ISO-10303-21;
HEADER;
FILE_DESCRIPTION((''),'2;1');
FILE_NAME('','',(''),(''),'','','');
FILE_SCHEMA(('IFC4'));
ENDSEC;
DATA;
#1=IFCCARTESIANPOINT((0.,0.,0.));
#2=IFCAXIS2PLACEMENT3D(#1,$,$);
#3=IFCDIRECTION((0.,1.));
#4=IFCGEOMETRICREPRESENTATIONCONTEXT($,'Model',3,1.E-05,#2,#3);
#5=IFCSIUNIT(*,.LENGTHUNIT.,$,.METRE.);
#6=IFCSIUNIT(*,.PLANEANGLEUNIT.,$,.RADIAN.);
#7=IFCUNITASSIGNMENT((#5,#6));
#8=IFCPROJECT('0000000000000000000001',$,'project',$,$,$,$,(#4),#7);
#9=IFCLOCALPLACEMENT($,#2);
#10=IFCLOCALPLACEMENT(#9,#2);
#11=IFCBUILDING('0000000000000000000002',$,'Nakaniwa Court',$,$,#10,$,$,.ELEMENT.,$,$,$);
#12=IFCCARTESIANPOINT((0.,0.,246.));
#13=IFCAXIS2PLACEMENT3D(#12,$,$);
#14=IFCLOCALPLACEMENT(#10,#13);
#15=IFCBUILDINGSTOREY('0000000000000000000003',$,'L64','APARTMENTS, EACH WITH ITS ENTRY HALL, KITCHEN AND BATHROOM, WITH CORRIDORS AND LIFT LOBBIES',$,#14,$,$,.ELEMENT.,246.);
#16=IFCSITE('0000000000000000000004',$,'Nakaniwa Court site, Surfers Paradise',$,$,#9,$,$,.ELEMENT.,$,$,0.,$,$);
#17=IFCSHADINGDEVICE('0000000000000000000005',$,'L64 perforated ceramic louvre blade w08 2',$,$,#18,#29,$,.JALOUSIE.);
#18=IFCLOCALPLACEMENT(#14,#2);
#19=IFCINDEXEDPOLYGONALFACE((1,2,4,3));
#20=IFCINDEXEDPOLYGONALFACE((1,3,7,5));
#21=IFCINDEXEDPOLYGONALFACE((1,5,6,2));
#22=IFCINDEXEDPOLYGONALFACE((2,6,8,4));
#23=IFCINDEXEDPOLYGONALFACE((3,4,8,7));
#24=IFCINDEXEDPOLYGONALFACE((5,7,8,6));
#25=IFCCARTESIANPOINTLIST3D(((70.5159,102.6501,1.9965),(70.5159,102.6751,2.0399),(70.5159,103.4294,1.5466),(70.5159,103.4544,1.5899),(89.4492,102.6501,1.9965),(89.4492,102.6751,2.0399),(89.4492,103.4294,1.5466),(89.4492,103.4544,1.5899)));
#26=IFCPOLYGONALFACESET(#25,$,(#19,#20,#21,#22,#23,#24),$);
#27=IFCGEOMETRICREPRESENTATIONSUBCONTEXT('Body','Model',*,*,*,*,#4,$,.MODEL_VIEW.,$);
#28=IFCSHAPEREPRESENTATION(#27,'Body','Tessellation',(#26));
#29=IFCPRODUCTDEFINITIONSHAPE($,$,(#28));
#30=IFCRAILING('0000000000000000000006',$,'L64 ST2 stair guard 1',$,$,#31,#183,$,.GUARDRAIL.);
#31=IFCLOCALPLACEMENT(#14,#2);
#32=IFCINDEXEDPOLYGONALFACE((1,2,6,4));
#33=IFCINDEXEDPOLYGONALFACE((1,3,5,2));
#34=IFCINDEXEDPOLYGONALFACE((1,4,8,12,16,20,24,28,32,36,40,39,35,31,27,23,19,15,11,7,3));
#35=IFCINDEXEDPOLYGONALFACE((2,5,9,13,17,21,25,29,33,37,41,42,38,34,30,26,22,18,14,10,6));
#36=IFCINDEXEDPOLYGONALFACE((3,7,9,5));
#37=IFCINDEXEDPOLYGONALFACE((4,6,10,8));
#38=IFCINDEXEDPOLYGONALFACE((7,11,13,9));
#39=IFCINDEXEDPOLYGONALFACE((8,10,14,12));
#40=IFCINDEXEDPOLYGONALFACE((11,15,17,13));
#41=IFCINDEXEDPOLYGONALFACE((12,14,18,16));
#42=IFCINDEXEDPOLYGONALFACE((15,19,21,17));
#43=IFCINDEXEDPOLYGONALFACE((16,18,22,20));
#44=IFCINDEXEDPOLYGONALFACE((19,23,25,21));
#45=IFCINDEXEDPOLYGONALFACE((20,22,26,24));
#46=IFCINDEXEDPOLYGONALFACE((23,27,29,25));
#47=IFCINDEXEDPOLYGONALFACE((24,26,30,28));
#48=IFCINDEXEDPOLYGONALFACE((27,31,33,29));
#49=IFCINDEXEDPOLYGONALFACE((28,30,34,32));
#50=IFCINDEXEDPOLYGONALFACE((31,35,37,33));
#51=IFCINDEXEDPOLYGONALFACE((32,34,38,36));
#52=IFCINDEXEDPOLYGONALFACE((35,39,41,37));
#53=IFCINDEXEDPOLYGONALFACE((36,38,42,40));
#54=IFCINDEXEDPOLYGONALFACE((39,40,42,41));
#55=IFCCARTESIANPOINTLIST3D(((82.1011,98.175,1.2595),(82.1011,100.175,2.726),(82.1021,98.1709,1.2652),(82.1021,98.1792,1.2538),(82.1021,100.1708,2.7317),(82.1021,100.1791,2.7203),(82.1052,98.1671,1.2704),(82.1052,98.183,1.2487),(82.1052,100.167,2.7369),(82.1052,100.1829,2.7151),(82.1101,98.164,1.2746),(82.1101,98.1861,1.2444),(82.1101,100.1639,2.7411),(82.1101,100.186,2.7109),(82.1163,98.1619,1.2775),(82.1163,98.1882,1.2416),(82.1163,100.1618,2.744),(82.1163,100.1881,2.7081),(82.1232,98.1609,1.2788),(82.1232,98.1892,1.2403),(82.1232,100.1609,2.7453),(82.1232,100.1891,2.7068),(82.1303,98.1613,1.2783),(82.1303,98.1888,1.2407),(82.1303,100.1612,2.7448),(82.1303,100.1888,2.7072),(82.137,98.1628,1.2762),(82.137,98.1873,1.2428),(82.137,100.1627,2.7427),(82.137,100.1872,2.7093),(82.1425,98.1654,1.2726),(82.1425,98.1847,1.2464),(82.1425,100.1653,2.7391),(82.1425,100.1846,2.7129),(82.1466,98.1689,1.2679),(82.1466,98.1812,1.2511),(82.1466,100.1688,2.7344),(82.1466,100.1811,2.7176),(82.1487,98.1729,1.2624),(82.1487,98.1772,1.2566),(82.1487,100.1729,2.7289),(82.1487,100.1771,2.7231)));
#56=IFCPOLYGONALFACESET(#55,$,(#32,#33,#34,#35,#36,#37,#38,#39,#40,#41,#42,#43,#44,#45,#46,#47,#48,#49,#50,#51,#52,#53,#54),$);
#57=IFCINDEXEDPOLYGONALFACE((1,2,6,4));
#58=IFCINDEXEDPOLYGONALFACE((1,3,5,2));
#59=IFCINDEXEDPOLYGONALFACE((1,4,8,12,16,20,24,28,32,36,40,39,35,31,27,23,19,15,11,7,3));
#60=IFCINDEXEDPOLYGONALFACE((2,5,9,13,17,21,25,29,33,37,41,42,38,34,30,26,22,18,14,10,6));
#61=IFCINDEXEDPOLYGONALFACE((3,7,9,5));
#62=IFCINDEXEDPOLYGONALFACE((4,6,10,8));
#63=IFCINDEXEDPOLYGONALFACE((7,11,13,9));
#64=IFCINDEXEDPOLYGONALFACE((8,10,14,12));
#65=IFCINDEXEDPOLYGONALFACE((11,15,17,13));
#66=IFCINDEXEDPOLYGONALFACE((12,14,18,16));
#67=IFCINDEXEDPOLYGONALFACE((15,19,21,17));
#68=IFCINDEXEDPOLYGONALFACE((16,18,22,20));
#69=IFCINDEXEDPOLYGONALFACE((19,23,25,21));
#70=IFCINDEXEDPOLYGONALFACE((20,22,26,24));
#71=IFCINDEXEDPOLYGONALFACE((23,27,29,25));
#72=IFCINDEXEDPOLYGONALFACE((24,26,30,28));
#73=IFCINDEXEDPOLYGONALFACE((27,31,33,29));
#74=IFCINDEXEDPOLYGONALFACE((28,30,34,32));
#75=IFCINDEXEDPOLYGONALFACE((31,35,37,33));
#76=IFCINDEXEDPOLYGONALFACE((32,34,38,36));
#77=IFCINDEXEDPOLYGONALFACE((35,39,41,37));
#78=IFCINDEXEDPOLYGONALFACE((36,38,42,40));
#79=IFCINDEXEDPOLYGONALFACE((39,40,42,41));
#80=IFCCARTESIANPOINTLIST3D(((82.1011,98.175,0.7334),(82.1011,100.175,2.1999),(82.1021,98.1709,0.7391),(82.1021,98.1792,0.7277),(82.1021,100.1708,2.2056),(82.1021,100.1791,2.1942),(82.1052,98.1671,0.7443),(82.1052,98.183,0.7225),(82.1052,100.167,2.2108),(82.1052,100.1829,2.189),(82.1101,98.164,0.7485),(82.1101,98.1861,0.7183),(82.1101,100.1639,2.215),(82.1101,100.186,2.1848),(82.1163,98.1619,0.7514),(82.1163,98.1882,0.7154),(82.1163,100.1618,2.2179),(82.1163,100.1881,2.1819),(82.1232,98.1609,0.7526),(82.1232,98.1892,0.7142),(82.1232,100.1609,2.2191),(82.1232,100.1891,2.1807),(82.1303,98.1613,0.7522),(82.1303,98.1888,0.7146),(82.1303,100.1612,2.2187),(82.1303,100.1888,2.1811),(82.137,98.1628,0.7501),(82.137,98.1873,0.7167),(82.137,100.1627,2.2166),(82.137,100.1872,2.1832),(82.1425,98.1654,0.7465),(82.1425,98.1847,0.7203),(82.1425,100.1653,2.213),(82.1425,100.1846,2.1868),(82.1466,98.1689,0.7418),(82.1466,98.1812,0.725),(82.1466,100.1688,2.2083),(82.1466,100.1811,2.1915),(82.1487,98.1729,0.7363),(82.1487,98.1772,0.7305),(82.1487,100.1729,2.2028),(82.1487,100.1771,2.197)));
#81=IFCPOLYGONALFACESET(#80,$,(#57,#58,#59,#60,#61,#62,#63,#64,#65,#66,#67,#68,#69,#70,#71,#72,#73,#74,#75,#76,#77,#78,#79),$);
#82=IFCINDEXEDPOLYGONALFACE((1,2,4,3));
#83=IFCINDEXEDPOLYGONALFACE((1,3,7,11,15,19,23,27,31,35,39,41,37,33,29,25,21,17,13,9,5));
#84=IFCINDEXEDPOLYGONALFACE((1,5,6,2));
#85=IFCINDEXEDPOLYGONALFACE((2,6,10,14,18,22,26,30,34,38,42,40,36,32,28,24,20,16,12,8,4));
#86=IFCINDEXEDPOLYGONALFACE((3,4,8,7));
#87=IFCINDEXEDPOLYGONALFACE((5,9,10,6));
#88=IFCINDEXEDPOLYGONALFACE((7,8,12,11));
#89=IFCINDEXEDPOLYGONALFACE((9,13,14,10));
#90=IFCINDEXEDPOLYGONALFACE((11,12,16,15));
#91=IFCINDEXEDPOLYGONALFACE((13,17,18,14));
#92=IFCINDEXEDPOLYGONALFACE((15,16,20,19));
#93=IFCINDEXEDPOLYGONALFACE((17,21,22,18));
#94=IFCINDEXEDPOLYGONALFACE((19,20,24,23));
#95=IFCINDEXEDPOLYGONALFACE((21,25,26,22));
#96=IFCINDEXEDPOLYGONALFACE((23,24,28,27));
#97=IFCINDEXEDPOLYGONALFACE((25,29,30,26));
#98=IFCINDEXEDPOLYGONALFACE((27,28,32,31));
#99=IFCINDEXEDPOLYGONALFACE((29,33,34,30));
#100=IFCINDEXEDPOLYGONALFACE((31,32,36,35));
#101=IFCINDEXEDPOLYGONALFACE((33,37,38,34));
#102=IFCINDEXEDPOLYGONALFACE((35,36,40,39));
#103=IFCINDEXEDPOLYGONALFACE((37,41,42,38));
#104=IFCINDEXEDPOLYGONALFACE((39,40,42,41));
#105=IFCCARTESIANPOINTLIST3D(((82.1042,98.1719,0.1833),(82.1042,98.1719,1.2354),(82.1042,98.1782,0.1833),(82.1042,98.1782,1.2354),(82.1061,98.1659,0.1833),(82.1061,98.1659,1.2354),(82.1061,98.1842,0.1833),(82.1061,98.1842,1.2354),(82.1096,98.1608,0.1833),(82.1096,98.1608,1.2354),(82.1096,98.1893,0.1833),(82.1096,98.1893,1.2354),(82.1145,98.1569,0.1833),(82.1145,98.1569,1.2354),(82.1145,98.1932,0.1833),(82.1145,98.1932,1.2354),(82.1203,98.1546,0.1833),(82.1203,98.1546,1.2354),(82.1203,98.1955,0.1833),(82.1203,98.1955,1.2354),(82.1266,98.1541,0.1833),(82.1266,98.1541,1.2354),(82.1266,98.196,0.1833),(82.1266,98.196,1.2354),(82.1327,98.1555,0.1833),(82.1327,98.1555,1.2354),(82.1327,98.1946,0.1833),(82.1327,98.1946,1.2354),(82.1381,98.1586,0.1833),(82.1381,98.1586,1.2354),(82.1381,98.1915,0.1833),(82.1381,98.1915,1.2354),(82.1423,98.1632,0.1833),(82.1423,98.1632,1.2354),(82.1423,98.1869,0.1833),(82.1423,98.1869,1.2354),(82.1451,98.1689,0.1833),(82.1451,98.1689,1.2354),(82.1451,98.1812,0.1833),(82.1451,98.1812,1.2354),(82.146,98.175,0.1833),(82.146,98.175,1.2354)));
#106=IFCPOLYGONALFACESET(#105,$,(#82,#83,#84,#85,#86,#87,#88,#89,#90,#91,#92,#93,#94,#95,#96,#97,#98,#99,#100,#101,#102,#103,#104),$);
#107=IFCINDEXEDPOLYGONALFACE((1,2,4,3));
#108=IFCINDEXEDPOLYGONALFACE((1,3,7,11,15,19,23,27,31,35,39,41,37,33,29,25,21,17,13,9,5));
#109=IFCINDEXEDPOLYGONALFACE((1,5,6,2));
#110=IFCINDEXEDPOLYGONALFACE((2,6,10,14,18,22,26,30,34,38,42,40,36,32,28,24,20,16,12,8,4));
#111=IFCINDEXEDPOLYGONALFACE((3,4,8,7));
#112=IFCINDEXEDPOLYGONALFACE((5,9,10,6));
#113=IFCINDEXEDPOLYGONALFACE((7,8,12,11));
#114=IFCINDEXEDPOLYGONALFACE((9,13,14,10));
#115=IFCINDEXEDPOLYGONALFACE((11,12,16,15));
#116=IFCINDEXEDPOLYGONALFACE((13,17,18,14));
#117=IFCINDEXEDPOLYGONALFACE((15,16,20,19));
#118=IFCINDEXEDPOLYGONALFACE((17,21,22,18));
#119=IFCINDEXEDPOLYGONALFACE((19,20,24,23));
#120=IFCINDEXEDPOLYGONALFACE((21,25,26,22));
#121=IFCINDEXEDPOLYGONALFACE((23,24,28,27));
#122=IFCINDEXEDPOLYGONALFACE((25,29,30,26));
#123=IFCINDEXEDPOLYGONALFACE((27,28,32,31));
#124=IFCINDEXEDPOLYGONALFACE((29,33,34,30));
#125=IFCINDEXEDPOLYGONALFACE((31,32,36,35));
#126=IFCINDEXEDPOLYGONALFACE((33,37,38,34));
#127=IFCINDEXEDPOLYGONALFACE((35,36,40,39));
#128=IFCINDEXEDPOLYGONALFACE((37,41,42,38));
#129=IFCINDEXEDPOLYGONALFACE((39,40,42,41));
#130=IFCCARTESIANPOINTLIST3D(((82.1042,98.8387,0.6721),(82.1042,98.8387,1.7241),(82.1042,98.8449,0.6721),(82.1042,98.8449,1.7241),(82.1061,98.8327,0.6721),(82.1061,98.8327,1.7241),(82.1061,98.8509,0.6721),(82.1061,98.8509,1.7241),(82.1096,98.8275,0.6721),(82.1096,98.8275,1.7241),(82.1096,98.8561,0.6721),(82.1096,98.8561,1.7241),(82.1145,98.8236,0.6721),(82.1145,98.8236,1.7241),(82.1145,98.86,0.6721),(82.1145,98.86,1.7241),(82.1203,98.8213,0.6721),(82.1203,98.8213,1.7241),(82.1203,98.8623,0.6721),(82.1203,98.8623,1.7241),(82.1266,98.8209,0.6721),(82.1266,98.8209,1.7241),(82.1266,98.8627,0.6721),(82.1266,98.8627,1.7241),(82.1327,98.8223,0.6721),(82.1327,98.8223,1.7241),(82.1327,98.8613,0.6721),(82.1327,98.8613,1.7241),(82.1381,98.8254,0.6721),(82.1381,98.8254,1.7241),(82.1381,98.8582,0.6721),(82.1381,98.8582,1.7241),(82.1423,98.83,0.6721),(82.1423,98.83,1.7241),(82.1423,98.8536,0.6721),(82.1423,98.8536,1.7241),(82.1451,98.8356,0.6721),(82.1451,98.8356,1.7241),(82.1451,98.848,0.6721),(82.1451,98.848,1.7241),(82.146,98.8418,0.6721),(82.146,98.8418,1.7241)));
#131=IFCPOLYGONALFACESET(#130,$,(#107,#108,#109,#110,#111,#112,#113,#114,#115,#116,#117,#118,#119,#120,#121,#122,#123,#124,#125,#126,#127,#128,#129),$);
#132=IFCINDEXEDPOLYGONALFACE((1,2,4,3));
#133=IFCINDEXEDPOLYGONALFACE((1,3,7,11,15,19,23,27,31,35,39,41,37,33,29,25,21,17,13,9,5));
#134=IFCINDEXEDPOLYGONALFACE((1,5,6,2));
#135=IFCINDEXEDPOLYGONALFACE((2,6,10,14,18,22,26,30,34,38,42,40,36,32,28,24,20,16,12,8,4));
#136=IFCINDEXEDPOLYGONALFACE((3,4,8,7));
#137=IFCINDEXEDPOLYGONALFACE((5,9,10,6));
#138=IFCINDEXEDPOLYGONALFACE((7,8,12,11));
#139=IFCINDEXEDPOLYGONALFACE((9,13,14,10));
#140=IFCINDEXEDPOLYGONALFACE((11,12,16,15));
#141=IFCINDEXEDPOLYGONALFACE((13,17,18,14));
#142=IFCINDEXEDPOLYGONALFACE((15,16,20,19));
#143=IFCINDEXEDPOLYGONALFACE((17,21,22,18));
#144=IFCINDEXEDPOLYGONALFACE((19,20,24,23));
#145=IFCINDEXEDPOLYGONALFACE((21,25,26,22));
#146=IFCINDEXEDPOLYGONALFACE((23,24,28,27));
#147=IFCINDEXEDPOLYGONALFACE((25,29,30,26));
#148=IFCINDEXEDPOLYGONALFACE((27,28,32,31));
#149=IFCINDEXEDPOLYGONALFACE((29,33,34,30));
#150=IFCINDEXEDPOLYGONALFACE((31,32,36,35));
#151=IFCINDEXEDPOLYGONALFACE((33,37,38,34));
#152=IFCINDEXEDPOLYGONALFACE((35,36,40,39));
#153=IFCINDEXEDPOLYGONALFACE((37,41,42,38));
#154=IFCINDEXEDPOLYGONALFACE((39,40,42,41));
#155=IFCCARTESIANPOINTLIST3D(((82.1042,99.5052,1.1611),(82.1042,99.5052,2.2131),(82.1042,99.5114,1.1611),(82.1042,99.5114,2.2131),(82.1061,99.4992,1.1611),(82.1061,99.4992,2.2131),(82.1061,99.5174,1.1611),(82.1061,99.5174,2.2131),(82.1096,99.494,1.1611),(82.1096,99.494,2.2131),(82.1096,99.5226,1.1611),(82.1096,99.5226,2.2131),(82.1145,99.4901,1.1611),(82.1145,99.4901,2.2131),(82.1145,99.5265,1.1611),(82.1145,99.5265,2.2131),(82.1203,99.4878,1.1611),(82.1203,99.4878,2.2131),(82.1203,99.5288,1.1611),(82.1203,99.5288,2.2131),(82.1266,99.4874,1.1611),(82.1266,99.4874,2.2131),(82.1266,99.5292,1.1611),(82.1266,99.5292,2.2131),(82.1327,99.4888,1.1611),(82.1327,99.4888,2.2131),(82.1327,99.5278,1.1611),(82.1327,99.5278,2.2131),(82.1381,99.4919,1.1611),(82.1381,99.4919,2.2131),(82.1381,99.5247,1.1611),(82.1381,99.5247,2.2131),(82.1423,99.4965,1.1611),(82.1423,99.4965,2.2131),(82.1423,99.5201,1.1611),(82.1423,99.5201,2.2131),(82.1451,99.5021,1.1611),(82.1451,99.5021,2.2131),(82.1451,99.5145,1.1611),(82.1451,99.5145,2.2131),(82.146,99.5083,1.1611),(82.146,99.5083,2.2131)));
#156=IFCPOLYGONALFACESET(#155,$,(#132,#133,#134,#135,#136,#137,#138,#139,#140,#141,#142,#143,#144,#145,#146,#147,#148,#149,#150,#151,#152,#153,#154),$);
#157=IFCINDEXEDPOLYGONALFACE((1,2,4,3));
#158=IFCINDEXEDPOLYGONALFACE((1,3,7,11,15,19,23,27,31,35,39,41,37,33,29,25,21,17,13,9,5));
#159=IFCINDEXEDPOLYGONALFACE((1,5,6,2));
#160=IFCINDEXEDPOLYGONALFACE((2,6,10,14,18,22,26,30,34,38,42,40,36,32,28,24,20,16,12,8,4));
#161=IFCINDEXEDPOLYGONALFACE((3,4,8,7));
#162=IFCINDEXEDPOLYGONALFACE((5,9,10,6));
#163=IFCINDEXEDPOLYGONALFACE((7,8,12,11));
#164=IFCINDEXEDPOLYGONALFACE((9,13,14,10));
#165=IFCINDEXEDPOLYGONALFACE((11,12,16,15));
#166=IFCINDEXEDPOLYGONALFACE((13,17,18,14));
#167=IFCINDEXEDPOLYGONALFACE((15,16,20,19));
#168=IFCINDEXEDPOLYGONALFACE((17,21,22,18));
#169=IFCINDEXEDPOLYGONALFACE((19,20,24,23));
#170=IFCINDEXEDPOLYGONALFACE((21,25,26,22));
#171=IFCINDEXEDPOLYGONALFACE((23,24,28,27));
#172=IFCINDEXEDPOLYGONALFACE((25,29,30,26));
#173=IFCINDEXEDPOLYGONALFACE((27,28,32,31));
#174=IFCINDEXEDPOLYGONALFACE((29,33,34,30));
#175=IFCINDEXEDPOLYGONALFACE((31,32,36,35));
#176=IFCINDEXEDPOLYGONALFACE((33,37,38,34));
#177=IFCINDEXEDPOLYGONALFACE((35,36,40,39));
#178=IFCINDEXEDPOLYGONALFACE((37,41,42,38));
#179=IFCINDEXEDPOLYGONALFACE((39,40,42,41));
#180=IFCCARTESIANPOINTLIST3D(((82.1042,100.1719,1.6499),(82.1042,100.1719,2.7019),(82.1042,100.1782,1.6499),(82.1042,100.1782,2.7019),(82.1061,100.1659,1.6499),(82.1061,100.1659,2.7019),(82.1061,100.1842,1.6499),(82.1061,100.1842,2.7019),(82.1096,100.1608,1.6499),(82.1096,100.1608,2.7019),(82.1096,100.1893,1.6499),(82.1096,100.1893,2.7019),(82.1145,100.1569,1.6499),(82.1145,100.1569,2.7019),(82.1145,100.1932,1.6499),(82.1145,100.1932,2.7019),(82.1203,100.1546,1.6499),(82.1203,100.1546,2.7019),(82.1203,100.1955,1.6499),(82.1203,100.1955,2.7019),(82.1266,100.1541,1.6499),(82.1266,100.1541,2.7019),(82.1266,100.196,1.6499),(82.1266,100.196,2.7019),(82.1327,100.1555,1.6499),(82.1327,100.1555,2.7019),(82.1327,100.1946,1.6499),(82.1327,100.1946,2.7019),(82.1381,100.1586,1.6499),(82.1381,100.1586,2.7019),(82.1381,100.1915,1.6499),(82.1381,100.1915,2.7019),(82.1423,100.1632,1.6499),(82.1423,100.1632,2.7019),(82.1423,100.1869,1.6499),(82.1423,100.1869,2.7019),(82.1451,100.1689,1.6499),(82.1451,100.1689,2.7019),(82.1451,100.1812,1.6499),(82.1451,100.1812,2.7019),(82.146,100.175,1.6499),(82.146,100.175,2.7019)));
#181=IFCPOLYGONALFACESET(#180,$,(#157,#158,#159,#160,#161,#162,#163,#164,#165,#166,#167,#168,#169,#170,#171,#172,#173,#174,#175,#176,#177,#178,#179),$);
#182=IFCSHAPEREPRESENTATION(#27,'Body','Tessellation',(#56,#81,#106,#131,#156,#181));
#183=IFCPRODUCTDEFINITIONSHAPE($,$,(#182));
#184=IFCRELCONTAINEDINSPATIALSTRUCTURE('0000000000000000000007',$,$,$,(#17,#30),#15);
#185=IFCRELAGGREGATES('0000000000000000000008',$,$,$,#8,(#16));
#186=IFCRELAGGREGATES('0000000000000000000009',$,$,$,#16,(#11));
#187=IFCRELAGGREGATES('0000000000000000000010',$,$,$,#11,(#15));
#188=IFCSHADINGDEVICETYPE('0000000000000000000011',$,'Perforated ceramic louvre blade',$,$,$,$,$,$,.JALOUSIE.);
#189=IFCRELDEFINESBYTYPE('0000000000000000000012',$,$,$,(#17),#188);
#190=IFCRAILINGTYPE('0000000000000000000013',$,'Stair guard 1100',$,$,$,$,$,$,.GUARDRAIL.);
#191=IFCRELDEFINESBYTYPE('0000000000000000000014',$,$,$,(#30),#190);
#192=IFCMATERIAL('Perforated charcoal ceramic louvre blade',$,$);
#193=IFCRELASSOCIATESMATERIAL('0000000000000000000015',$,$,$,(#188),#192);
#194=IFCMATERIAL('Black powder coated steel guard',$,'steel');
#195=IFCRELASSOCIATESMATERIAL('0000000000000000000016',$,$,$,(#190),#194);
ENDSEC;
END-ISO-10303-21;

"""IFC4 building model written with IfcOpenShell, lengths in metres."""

from ifc_helpers import new_model, si_unit, direction, frame, origin, origin_2d, place, context, subcontext, project, spatial, rectangle, circle, extrude, material, material_profile, profile_set, type_object, element, save


model = new_model("IFC4")

# Units and contexts
model_context = context("Model", 3, precision=1e-05, world=origin(), true_north=direction((0.0, 1.0)))
body_context = subcontext(model_context, "Body", "Model", "MODEL_VIEW")
ifc_project = project(units=[si_unit("LENGTHUNIT", "METRE"), si_unit("PLANEANGLEUNIT", "RADIAN")], contexts=[model_context])

# Site, building, storey
site_placement = place(None, origin())
site = spatial("IfcSite", under=ifc_project, at=site_placement, Name="Nakaniwa Court site, Surfers Paradise", CompositionType="ELEMENT", RefElevation=0.0)
building_placement = place(site_placement, origin())
building = spatial("IfcBuilding", under=site, at=building_placement, Name="Nakaniwa Court", CompositionType="ELEMENT")
storey_placement = place(building_placement, frame((0.0, 0.0, 246.0)))
storey = spatial("IfcBuildingStorey", under=building, at=storey_placement, Name="L64", Description="APARTMENTS, EACH WITH ITS ENTRY HALL, KITCHEN AND BATHROOM, WITH CORRIDORS AND LIFT LOBBIES", CompositionType="ELEMENT", Elevation=246.0)

# Shading device
ifc_material_1 = material(Name="Perforated charcoal ceramic louvre blade")
ifc_material_profile = material_profile(ifc_material_1, rectangle(XDim=0.8999, YDim=0.05, at=origin_2d()), Name="Perforated ceramic louvre blade")
ifc_profile_set = profile_set([ifc_material_profile], Name="Perforated charcoal ceramic louvre blade")
shading_device_type = type_object("IfcShadingDeviceType", Name="Perforated ceramic louvre blade", PredefinedType="JALOUSIE", material=ifc_profile_set)
for number, where, z_axis, x_axis, name in (
    (1, (89.4492, 103.0522, 1.7932), (-1.0, 0.0, 0.0), (0.0, -0.866025, 0.5), "L64 perforated ceramic louvre blade w08 2"),
):
    element("IfcShadingDevice", number, at=place(storey_placement, frame(where, z_axis=z_axis, x_axis=x_axis)), inside=storey, type_object=shading_device_type, Name=name, PredefinedType="JALOUSIE", context=body_context, shape_type="SweptSolid", body=[
        extrude(rectangle(XDim=0.8999, YDim=0.05, at=origin_2d()), origin(), (0.0, 0.0, 1.0), 18.9333),
    ])

# Railing
ifc_material_2 = material(Name="Black powder coated steel guard", Category="steel")
railing_type_1 = type_object("IfcRailingType", Name="Stair guard 1100", PredefinedType="GUARDRAIL", material=ifc_material_2)
railing_1_placement = place(storey_placement, frame((82.125, 98.175, 0.1833)))
element("IfcRailing", 2, at=railing_1_placement, inside=storey, type_object=railing_type_1, Name="L64 ST2 stair guard 1", PredefinedType="GUARDRAIL", context=body_context, shape_type="SweptSolid", body=[
    extrude(circle(Radius=0.0239, at=origin_2d()), frame((0.0, 0.0, 1.0762), z_axis=(0.0, 0.806427, 0.591334), x_axis=(-1.0, 0.0, 0.0)), (0.0, 0.0, 1.0), 2.48),
    extrude(circle(Radius=0.0239, at=origin_2d()), frame((0.0, 0.0, 0.55), z_axis=(0.0, 0.806427, 0.591334), x_axis=(-1.0, 0.0, 0.0)), (0.0, 0.0, 1.0), 2.48),
    extrude(circle(Radius=0.021, at=origin_2d()), origin(), (0.0, 0.0, 1.0), 1.052),
    extrude(circle(Radius=0.021, at=origin_2d()), frame((0.0, 0.6667, 0.4888)), (0.0, 0.0, 1.0), 1.052),
    extrude(circle(Radius=0.021, at=origin_2d()), frame((0.0, 1.3333, 0.9778)), (0.0, 0.0, 1.0), 1.052),
    extrude(circle(Radius=0.021, at=origin_2d()), frame((0.0, 2.0, 1.4666)), (0.0, 0.0, 1.0), 1.052),
])

save(model, "model.ifc")
